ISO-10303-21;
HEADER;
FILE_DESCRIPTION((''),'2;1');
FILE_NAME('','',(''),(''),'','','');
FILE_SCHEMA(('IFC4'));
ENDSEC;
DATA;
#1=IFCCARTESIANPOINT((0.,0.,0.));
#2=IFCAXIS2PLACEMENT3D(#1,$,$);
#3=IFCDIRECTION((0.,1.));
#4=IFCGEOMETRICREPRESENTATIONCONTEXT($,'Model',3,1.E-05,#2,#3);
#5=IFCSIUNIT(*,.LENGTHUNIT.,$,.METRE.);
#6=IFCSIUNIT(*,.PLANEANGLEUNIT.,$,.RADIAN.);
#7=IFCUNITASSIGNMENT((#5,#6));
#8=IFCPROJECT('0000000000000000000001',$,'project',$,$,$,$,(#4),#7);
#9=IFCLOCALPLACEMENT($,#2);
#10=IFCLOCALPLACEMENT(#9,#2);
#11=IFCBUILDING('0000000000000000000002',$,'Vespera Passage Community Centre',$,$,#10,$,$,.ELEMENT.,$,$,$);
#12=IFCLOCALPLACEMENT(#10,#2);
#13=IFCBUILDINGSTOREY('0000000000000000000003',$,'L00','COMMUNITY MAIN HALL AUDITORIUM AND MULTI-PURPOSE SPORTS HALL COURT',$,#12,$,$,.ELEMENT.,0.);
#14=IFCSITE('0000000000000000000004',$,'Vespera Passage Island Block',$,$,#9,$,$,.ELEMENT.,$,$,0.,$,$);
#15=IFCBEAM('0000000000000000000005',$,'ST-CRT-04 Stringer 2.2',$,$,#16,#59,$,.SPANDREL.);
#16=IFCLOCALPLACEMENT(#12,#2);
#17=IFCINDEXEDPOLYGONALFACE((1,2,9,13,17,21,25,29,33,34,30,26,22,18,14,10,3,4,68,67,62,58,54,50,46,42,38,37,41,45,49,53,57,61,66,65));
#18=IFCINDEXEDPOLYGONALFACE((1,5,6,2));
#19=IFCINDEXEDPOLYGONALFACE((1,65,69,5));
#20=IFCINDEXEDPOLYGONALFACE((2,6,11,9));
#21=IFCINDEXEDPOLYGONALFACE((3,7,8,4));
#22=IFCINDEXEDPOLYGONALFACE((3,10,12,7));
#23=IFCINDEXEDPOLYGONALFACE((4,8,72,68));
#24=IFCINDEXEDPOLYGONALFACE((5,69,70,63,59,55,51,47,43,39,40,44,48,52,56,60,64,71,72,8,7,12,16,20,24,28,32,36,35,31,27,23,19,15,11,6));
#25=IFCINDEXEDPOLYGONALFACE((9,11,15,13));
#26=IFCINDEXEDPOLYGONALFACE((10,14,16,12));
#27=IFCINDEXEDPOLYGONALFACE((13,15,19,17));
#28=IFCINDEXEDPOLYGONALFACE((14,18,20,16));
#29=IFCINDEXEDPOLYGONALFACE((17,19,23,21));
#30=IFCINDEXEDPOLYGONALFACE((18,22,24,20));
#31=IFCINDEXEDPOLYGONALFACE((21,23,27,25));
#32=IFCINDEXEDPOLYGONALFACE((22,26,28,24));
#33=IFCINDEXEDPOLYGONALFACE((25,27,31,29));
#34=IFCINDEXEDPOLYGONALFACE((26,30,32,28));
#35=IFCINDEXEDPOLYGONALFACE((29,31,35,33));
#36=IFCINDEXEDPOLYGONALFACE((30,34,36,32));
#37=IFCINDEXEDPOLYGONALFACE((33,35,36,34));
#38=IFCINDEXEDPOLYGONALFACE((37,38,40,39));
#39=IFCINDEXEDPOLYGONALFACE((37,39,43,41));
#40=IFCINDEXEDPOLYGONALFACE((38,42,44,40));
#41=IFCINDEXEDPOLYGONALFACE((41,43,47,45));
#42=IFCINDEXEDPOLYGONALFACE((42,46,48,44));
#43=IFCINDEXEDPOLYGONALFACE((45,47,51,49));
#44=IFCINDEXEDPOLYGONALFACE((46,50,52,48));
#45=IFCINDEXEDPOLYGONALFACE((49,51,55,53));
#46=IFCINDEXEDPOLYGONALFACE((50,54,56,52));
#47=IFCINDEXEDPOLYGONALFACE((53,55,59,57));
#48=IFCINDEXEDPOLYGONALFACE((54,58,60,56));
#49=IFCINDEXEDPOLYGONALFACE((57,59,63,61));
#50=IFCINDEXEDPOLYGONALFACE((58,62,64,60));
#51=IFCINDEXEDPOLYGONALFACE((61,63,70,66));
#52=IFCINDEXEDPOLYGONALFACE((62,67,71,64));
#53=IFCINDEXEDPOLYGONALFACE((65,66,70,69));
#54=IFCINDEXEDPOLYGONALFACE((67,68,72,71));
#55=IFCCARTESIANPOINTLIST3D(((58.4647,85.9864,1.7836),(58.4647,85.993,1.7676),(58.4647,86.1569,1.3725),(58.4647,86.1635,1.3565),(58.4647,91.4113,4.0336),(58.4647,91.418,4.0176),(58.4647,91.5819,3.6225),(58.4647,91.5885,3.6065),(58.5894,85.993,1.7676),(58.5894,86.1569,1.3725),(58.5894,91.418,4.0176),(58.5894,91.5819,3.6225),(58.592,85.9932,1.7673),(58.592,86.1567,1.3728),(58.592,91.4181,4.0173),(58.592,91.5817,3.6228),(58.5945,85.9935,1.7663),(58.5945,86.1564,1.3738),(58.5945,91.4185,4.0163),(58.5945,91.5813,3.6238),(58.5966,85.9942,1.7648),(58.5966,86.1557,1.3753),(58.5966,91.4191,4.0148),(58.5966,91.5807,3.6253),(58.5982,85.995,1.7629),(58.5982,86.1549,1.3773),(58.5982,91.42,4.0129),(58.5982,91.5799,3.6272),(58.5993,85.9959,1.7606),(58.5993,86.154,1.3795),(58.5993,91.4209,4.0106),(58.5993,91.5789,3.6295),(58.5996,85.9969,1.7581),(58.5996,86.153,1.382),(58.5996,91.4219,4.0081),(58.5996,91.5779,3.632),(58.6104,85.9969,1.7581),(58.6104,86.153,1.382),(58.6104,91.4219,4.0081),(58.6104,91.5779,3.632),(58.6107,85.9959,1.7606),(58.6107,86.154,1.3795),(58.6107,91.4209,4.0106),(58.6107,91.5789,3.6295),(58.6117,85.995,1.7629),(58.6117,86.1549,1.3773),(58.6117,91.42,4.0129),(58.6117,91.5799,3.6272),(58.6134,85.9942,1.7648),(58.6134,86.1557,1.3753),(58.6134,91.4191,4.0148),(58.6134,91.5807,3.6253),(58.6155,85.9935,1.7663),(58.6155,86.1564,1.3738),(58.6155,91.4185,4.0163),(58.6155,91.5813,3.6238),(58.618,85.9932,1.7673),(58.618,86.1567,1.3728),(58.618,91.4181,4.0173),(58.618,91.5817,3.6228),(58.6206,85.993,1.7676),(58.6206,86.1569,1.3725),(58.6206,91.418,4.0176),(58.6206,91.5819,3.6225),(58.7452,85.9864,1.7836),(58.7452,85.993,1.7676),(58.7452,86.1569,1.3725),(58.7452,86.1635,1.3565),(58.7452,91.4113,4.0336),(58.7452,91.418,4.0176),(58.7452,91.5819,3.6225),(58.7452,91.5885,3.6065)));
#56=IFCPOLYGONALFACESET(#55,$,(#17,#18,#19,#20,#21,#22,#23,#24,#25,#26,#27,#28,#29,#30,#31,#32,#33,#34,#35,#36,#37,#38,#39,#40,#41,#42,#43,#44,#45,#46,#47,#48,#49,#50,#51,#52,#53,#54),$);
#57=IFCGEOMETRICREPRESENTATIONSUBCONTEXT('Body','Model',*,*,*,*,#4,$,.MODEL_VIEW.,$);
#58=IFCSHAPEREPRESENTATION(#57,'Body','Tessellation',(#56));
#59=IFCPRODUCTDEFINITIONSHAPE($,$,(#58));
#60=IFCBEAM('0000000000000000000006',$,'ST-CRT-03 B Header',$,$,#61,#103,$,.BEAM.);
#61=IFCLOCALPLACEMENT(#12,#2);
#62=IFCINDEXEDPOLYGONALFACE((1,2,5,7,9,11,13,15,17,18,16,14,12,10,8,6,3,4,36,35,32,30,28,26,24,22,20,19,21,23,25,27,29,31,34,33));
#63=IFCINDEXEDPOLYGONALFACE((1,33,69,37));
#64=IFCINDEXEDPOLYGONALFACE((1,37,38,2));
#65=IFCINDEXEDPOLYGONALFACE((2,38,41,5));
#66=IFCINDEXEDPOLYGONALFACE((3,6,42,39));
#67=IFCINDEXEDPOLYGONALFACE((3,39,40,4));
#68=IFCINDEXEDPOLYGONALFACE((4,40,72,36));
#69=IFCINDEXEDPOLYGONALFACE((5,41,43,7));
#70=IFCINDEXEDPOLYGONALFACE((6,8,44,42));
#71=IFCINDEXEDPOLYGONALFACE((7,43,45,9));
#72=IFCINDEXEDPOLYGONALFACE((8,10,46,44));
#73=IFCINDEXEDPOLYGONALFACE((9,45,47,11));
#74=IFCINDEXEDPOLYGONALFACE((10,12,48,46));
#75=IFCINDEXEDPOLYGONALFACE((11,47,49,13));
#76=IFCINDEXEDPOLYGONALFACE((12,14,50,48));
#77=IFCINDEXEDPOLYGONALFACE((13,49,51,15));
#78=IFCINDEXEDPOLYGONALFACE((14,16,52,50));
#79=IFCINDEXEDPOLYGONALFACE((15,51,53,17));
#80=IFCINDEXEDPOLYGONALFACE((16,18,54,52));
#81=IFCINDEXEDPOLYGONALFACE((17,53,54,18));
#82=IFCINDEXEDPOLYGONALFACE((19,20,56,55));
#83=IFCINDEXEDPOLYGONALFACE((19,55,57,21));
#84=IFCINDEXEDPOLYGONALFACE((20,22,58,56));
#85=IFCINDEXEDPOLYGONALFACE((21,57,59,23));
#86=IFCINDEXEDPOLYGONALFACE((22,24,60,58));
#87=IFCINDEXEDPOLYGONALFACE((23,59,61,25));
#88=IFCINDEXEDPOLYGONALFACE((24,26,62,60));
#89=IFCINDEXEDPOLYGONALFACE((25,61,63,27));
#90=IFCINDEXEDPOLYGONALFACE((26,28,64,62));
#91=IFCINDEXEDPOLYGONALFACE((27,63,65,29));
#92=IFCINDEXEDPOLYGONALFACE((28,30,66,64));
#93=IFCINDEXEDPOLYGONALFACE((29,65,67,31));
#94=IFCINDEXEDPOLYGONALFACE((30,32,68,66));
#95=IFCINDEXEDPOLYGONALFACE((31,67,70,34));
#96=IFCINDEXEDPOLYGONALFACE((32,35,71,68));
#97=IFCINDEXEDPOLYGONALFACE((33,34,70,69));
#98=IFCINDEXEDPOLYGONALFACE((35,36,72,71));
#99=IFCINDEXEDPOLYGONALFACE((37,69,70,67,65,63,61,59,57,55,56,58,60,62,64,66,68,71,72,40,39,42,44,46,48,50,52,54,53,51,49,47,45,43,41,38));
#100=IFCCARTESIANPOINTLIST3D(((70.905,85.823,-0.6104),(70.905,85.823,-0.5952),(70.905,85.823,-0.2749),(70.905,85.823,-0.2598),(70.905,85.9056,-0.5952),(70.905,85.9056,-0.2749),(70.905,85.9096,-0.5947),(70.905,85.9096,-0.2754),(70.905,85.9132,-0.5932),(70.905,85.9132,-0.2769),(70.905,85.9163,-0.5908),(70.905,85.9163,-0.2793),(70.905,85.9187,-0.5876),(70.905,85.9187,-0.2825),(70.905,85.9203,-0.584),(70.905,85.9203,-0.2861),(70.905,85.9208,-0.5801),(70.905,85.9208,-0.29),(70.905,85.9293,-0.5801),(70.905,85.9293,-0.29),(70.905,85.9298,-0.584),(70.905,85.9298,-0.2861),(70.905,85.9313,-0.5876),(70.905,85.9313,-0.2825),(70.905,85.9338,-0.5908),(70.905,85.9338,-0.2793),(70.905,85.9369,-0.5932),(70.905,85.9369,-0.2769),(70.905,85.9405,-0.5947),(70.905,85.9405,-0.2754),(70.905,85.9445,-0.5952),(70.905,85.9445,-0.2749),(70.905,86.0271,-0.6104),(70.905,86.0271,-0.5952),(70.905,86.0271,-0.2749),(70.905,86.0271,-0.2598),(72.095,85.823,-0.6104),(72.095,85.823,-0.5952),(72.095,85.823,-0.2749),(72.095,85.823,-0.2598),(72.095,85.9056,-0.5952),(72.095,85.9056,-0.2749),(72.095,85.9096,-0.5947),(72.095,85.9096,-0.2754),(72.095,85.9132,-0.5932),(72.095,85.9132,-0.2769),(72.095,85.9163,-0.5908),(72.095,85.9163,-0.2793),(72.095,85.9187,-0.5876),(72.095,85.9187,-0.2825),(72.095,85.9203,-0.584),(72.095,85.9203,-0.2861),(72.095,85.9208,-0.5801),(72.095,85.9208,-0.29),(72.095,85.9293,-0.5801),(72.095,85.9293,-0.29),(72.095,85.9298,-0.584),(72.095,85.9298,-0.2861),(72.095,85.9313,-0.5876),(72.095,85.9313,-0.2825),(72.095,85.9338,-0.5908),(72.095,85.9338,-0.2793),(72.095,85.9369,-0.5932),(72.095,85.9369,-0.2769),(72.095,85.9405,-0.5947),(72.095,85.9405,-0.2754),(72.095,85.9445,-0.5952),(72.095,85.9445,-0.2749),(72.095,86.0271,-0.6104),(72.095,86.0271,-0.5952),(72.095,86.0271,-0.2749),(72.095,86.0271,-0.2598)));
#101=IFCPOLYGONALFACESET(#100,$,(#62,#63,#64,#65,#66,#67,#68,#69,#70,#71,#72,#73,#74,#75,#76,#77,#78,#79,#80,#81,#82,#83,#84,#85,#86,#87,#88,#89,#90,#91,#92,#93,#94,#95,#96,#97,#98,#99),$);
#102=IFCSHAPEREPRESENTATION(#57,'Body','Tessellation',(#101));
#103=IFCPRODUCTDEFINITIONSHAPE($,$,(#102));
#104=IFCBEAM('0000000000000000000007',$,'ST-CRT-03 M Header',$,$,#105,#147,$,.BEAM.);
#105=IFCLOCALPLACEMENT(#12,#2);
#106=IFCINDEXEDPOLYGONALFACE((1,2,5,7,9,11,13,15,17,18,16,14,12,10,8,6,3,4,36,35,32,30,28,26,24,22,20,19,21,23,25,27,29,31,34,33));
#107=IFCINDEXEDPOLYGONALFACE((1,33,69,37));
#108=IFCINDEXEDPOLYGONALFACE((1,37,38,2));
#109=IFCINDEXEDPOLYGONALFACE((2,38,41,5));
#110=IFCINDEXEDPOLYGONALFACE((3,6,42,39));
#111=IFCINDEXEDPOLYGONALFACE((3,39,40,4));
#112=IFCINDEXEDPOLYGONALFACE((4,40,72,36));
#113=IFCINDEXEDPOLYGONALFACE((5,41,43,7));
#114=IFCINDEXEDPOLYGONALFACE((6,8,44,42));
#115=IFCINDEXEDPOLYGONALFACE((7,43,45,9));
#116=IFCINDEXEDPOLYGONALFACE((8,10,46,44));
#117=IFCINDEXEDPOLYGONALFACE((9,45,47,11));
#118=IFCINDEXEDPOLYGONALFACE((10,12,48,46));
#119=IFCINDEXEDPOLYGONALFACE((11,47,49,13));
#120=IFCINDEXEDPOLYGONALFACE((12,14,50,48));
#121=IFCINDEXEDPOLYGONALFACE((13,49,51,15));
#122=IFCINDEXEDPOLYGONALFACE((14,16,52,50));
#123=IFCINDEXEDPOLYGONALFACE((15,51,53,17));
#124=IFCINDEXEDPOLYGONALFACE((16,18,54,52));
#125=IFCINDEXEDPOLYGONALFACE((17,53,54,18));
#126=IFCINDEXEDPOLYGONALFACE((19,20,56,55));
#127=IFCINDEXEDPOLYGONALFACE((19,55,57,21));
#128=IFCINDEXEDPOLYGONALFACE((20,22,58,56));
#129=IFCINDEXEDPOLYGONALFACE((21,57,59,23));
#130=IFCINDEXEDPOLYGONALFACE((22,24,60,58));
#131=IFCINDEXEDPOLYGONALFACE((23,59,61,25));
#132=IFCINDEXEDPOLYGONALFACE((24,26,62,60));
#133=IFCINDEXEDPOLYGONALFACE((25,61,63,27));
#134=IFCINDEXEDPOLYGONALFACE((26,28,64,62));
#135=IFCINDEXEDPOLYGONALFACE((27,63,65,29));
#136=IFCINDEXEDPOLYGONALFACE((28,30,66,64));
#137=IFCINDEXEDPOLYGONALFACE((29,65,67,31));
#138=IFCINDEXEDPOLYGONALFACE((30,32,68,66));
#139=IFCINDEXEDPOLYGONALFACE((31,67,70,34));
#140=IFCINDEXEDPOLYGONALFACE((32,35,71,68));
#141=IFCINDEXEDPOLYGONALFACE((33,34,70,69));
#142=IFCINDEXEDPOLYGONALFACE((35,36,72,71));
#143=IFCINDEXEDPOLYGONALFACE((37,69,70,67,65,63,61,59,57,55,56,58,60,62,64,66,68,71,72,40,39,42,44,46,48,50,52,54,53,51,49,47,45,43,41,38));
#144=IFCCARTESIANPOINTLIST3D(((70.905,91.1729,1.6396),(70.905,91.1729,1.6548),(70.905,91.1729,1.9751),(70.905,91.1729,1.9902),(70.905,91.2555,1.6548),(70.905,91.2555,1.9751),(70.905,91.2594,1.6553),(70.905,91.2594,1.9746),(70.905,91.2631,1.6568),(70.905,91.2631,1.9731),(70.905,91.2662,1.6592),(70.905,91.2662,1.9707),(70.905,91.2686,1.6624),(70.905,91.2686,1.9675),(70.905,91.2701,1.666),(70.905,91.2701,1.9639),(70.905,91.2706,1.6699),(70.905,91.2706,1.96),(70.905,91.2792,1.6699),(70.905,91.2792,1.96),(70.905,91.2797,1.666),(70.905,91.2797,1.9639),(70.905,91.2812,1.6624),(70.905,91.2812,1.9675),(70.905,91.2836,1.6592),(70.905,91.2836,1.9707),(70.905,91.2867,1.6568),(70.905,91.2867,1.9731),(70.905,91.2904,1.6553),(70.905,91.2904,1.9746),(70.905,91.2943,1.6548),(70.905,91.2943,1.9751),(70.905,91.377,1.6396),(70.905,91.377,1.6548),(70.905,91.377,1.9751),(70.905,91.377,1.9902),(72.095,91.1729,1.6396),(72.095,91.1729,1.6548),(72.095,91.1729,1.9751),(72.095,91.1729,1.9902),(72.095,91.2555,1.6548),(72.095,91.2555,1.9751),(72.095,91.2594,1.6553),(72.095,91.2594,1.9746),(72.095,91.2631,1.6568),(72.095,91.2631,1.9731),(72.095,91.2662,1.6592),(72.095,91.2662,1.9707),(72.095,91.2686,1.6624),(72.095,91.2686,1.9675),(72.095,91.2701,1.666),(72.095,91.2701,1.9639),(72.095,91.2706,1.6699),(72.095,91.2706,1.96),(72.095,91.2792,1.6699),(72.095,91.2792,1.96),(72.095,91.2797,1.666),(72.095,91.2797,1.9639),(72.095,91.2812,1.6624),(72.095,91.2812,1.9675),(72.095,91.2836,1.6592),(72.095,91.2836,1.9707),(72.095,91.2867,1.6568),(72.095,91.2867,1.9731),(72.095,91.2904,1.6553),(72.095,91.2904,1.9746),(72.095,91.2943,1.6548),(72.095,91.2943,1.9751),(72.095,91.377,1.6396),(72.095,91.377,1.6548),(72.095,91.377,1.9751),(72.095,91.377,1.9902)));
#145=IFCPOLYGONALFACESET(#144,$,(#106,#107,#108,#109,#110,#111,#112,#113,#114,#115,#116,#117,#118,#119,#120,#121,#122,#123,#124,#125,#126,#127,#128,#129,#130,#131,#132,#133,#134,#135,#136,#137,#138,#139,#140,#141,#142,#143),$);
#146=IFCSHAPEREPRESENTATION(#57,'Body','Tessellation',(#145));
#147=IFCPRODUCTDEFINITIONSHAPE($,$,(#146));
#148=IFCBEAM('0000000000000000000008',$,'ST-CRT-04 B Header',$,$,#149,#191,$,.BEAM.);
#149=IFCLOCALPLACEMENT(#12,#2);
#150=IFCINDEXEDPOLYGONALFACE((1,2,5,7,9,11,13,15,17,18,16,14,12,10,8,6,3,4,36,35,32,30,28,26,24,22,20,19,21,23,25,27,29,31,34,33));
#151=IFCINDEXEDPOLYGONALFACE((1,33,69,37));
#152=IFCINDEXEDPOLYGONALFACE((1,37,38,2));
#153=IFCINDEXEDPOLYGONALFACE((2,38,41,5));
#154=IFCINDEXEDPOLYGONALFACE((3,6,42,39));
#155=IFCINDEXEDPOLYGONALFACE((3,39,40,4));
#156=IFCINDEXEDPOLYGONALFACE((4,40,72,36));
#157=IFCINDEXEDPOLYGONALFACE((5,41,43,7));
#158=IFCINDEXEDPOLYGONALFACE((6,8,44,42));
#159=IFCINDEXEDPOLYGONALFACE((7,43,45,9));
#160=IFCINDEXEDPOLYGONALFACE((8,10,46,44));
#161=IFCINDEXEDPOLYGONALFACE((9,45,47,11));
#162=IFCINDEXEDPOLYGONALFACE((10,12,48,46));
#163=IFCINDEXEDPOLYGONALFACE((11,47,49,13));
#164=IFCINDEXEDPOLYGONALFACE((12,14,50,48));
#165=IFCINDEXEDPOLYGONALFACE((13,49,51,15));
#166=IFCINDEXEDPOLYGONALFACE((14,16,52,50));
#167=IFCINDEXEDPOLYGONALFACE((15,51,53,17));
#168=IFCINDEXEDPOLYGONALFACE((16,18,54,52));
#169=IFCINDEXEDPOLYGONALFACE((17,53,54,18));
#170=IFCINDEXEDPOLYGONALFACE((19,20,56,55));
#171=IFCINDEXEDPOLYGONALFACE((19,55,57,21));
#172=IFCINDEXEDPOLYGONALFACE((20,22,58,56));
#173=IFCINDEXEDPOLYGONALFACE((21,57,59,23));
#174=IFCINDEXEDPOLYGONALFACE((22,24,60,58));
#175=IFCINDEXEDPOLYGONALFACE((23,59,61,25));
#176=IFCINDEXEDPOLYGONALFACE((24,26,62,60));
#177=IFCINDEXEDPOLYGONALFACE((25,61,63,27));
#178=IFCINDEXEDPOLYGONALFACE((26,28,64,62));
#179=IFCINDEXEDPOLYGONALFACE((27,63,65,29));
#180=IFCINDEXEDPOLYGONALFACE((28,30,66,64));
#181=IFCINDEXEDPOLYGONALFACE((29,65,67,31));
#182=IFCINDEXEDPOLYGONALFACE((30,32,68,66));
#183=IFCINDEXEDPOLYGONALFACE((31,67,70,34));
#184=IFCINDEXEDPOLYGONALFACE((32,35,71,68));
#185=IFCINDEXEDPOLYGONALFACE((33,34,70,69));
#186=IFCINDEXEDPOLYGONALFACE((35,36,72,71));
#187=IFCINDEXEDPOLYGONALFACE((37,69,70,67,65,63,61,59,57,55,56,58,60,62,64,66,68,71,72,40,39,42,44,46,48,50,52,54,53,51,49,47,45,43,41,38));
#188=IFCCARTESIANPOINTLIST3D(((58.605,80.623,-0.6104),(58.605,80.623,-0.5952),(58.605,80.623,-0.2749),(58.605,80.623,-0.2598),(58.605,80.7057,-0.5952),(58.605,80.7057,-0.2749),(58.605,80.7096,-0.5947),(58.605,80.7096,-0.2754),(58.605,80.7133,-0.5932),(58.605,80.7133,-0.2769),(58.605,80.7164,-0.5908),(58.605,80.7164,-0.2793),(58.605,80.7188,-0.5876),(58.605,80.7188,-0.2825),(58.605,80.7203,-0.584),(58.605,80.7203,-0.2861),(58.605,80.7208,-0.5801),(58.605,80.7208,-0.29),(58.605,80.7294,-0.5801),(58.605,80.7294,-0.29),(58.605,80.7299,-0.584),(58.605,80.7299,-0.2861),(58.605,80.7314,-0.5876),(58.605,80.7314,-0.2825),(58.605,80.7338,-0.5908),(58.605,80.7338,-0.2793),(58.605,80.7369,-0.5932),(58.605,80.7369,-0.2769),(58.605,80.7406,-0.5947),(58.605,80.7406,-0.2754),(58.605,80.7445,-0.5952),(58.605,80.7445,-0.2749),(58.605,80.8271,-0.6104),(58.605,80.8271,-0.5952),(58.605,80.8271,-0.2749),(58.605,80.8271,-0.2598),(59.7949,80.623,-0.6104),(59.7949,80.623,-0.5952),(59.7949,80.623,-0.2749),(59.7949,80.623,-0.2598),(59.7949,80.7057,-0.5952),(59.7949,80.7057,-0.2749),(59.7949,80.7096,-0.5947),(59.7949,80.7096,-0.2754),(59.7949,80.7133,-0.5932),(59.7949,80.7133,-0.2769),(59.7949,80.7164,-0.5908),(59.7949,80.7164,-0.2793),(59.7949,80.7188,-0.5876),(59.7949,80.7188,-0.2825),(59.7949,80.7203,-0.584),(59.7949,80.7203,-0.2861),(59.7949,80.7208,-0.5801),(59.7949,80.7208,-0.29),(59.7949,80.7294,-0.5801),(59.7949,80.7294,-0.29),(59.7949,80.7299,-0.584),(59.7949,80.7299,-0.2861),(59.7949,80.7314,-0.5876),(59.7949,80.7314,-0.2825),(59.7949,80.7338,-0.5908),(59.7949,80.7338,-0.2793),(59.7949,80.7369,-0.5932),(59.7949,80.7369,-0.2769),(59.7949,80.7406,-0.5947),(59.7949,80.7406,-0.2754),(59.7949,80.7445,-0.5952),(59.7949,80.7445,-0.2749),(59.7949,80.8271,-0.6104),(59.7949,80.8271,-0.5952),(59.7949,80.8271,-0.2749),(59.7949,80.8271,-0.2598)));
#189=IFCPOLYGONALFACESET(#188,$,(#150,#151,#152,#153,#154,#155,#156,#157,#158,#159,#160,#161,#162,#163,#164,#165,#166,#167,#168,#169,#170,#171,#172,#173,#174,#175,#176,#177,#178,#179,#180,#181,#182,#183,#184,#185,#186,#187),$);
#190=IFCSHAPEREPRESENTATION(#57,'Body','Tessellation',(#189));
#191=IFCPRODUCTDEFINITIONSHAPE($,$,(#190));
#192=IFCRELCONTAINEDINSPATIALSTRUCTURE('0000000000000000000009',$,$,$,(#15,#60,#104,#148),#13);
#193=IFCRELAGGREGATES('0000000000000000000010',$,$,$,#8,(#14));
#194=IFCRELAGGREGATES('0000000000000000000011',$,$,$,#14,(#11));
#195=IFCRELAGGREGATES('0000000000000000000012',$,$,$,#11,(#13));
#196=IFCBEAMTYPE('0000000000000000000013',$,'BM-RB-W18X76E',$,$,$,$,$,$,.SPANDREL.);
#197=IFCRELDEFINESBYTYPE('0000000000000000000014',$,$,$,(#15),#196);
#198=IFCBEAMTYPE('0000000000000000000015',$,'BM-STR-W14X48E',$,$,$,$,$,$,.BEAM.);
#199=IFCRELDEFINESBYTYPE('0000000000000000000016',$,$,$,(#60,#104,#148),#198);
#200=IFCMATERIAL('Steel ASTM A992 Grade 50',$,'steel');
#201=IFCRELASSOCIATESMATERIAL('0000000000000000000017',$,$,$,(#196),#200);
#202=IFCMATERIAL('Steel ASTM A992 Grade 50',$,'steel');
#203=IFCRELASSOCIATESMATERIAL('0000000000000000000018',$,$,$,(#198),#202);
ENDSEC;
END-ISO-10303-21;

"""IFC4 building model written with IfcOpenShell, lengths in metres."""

from ifc_helpers import new_model, si_unit, direction, frame, origin, origin_2d, place, context, subcontext, project, spatial, i_section, extrude, material, material_profile, profile_set, type_object, element, save


model = new_model("IFC4")

# Units and contexts
model_context = context("Model", 3, precision=1e-05, world=origin(), true_north=direction((0.0, 1.0)))
body_context = subcontext(model_context, "Body", "Model", "MODEL_VIEW")
ifc_project = project(units=[si_unit("LENGTHUNIT", "METRE"), si_unit("PLANEANGLEUNIT", "RADIAN")], contexts=[model_context])

# Site, building, storey
site_placement = place(None, origin())
site = spatial("IfcSite", under=ifc_project, at=site_placement, Name="Vespera Passage Island Block", CompositionType="ELEMENT", RefElevation=0.0)
building_placement = place(site_placement, origin())
building = spatial("IfcBuilding", under=site, at=building_placement, Name="Vespera Passage Community Centre", CompositionType="ELEMENT")
storey_placement = place(building_placement, origin())
storey = spatial("IfcBuildingStorey", under=building, at=storey_placement, Name="L00", Description="COMMUNITY MAIN HALL AUDITORIUM AND MULTI-PURPOSE SPORTS HALL COURT", CompositionType="ELEMENT", Elevation=0.0)

# Beams
ifc_material_1 = material(Name="Steel ASTM A992 Grade 50", Category="steel")
ifc_material_profile_1 = material_profile(ifc_material_1, i_section(OverallWidth=0.2805, OverallDepth=0.4624, WebThickness=0.0107, FlangeThickness=0.0173, FilletRadius=0.0103, at=origin_2d()), Name="W18X76")
ifc_profile_set_1 = profile_set([ifc_material_profile_1], Name="Steel ASTM A992 Grade 50")
beam_type_1 = type_object("IfcBeamType", Name="BM-RB-W18X76E", PredefinedType="SPANDREL", material=ifc_profile_set_1)
beam_1_placement = place(storey_placement, frame((58.605, 86.075, 1.5701), z_axis=(0.0, 0.923707, 0.383101), x_axis=(-1.0, 0.0, 0.0)))
element("IfcBeam", 1, at=beam_1_placement, inside=storey, type_object=beam_type_1, Name="ST-CRT-04 Stringer 2.2", PredefinedType="SPANDREL", context=body_context, shape_type="SweptSolid", body=[
    extrude(i_section(OverallWidth=0.2805, OverallDepth=0.4624, WebThickness=0.0107, FlangeThickness=0.0173, FilletRadius=0.0103, at=origin_2d()), origin(), (0.0, 0.0, 1.0), 5.873),
])
ifc_material_2 = material(Name="Steel ASTM A992 Grade 50", Category="steel")
ifc_material_profile_2 = material_profile(ifc_material_2, i_section(OverallWidth=0.2041, OverallDepth=0.3506, WebThickness=0.0085, FlangeThickness=0.0151, FilletRadius=0.0151, at=origin_2d()), Name="W14X48")
ifc_profile_set_2 = profile_set([ifc_material_profile_2], Name="Steel ASTM A992 Grade 50")
beam_type_2 = type_object("IfcBeamType", Name="BM-STR-W14X48E", PredefinedType="BEAM", material=ifc_profile_set_2)
for number, where, z_axis, x_axis, name in (
    (2, (72.095, 85.925, -0.4351), (-1.0, 0.0, 0.0), (0.0, -1.0, 0.0), "ST-CRT-03 B Header"),
    (3, (72.095, 91.2749, 1.8149), (-1.0, 0.0, 0.0), (0.0, -1.0, 0.0), "ST-CRT-03 M Header"),
    (4, (59.7949, 80.7251, -0.4351), (-1.0, 0.0, 0.0), (0.0, -1.0, 0.0), "ST-CRT-04 B Header"),
):
    element("IfcBeam", number, at=place(storey_placement, frame(where, z_axis=z_axis, x_axis=x_axis)), inside=storey, type_object=beam_type_2, Name=name, PredefinedType="BEAM", context=body_context, shape_type="SweptSolid", body=[
        extrude(i_section(OverallWidth=0.2041, OverallDepth=0.3506, WebThickness=0.0085, FlangeThickness=0.0151, FilletRadius=0.0151, at=origin_2d()), origin(), (0.0, 0.0, 1.0), 1.1899),
    ])

save(model, "model.ifc")
